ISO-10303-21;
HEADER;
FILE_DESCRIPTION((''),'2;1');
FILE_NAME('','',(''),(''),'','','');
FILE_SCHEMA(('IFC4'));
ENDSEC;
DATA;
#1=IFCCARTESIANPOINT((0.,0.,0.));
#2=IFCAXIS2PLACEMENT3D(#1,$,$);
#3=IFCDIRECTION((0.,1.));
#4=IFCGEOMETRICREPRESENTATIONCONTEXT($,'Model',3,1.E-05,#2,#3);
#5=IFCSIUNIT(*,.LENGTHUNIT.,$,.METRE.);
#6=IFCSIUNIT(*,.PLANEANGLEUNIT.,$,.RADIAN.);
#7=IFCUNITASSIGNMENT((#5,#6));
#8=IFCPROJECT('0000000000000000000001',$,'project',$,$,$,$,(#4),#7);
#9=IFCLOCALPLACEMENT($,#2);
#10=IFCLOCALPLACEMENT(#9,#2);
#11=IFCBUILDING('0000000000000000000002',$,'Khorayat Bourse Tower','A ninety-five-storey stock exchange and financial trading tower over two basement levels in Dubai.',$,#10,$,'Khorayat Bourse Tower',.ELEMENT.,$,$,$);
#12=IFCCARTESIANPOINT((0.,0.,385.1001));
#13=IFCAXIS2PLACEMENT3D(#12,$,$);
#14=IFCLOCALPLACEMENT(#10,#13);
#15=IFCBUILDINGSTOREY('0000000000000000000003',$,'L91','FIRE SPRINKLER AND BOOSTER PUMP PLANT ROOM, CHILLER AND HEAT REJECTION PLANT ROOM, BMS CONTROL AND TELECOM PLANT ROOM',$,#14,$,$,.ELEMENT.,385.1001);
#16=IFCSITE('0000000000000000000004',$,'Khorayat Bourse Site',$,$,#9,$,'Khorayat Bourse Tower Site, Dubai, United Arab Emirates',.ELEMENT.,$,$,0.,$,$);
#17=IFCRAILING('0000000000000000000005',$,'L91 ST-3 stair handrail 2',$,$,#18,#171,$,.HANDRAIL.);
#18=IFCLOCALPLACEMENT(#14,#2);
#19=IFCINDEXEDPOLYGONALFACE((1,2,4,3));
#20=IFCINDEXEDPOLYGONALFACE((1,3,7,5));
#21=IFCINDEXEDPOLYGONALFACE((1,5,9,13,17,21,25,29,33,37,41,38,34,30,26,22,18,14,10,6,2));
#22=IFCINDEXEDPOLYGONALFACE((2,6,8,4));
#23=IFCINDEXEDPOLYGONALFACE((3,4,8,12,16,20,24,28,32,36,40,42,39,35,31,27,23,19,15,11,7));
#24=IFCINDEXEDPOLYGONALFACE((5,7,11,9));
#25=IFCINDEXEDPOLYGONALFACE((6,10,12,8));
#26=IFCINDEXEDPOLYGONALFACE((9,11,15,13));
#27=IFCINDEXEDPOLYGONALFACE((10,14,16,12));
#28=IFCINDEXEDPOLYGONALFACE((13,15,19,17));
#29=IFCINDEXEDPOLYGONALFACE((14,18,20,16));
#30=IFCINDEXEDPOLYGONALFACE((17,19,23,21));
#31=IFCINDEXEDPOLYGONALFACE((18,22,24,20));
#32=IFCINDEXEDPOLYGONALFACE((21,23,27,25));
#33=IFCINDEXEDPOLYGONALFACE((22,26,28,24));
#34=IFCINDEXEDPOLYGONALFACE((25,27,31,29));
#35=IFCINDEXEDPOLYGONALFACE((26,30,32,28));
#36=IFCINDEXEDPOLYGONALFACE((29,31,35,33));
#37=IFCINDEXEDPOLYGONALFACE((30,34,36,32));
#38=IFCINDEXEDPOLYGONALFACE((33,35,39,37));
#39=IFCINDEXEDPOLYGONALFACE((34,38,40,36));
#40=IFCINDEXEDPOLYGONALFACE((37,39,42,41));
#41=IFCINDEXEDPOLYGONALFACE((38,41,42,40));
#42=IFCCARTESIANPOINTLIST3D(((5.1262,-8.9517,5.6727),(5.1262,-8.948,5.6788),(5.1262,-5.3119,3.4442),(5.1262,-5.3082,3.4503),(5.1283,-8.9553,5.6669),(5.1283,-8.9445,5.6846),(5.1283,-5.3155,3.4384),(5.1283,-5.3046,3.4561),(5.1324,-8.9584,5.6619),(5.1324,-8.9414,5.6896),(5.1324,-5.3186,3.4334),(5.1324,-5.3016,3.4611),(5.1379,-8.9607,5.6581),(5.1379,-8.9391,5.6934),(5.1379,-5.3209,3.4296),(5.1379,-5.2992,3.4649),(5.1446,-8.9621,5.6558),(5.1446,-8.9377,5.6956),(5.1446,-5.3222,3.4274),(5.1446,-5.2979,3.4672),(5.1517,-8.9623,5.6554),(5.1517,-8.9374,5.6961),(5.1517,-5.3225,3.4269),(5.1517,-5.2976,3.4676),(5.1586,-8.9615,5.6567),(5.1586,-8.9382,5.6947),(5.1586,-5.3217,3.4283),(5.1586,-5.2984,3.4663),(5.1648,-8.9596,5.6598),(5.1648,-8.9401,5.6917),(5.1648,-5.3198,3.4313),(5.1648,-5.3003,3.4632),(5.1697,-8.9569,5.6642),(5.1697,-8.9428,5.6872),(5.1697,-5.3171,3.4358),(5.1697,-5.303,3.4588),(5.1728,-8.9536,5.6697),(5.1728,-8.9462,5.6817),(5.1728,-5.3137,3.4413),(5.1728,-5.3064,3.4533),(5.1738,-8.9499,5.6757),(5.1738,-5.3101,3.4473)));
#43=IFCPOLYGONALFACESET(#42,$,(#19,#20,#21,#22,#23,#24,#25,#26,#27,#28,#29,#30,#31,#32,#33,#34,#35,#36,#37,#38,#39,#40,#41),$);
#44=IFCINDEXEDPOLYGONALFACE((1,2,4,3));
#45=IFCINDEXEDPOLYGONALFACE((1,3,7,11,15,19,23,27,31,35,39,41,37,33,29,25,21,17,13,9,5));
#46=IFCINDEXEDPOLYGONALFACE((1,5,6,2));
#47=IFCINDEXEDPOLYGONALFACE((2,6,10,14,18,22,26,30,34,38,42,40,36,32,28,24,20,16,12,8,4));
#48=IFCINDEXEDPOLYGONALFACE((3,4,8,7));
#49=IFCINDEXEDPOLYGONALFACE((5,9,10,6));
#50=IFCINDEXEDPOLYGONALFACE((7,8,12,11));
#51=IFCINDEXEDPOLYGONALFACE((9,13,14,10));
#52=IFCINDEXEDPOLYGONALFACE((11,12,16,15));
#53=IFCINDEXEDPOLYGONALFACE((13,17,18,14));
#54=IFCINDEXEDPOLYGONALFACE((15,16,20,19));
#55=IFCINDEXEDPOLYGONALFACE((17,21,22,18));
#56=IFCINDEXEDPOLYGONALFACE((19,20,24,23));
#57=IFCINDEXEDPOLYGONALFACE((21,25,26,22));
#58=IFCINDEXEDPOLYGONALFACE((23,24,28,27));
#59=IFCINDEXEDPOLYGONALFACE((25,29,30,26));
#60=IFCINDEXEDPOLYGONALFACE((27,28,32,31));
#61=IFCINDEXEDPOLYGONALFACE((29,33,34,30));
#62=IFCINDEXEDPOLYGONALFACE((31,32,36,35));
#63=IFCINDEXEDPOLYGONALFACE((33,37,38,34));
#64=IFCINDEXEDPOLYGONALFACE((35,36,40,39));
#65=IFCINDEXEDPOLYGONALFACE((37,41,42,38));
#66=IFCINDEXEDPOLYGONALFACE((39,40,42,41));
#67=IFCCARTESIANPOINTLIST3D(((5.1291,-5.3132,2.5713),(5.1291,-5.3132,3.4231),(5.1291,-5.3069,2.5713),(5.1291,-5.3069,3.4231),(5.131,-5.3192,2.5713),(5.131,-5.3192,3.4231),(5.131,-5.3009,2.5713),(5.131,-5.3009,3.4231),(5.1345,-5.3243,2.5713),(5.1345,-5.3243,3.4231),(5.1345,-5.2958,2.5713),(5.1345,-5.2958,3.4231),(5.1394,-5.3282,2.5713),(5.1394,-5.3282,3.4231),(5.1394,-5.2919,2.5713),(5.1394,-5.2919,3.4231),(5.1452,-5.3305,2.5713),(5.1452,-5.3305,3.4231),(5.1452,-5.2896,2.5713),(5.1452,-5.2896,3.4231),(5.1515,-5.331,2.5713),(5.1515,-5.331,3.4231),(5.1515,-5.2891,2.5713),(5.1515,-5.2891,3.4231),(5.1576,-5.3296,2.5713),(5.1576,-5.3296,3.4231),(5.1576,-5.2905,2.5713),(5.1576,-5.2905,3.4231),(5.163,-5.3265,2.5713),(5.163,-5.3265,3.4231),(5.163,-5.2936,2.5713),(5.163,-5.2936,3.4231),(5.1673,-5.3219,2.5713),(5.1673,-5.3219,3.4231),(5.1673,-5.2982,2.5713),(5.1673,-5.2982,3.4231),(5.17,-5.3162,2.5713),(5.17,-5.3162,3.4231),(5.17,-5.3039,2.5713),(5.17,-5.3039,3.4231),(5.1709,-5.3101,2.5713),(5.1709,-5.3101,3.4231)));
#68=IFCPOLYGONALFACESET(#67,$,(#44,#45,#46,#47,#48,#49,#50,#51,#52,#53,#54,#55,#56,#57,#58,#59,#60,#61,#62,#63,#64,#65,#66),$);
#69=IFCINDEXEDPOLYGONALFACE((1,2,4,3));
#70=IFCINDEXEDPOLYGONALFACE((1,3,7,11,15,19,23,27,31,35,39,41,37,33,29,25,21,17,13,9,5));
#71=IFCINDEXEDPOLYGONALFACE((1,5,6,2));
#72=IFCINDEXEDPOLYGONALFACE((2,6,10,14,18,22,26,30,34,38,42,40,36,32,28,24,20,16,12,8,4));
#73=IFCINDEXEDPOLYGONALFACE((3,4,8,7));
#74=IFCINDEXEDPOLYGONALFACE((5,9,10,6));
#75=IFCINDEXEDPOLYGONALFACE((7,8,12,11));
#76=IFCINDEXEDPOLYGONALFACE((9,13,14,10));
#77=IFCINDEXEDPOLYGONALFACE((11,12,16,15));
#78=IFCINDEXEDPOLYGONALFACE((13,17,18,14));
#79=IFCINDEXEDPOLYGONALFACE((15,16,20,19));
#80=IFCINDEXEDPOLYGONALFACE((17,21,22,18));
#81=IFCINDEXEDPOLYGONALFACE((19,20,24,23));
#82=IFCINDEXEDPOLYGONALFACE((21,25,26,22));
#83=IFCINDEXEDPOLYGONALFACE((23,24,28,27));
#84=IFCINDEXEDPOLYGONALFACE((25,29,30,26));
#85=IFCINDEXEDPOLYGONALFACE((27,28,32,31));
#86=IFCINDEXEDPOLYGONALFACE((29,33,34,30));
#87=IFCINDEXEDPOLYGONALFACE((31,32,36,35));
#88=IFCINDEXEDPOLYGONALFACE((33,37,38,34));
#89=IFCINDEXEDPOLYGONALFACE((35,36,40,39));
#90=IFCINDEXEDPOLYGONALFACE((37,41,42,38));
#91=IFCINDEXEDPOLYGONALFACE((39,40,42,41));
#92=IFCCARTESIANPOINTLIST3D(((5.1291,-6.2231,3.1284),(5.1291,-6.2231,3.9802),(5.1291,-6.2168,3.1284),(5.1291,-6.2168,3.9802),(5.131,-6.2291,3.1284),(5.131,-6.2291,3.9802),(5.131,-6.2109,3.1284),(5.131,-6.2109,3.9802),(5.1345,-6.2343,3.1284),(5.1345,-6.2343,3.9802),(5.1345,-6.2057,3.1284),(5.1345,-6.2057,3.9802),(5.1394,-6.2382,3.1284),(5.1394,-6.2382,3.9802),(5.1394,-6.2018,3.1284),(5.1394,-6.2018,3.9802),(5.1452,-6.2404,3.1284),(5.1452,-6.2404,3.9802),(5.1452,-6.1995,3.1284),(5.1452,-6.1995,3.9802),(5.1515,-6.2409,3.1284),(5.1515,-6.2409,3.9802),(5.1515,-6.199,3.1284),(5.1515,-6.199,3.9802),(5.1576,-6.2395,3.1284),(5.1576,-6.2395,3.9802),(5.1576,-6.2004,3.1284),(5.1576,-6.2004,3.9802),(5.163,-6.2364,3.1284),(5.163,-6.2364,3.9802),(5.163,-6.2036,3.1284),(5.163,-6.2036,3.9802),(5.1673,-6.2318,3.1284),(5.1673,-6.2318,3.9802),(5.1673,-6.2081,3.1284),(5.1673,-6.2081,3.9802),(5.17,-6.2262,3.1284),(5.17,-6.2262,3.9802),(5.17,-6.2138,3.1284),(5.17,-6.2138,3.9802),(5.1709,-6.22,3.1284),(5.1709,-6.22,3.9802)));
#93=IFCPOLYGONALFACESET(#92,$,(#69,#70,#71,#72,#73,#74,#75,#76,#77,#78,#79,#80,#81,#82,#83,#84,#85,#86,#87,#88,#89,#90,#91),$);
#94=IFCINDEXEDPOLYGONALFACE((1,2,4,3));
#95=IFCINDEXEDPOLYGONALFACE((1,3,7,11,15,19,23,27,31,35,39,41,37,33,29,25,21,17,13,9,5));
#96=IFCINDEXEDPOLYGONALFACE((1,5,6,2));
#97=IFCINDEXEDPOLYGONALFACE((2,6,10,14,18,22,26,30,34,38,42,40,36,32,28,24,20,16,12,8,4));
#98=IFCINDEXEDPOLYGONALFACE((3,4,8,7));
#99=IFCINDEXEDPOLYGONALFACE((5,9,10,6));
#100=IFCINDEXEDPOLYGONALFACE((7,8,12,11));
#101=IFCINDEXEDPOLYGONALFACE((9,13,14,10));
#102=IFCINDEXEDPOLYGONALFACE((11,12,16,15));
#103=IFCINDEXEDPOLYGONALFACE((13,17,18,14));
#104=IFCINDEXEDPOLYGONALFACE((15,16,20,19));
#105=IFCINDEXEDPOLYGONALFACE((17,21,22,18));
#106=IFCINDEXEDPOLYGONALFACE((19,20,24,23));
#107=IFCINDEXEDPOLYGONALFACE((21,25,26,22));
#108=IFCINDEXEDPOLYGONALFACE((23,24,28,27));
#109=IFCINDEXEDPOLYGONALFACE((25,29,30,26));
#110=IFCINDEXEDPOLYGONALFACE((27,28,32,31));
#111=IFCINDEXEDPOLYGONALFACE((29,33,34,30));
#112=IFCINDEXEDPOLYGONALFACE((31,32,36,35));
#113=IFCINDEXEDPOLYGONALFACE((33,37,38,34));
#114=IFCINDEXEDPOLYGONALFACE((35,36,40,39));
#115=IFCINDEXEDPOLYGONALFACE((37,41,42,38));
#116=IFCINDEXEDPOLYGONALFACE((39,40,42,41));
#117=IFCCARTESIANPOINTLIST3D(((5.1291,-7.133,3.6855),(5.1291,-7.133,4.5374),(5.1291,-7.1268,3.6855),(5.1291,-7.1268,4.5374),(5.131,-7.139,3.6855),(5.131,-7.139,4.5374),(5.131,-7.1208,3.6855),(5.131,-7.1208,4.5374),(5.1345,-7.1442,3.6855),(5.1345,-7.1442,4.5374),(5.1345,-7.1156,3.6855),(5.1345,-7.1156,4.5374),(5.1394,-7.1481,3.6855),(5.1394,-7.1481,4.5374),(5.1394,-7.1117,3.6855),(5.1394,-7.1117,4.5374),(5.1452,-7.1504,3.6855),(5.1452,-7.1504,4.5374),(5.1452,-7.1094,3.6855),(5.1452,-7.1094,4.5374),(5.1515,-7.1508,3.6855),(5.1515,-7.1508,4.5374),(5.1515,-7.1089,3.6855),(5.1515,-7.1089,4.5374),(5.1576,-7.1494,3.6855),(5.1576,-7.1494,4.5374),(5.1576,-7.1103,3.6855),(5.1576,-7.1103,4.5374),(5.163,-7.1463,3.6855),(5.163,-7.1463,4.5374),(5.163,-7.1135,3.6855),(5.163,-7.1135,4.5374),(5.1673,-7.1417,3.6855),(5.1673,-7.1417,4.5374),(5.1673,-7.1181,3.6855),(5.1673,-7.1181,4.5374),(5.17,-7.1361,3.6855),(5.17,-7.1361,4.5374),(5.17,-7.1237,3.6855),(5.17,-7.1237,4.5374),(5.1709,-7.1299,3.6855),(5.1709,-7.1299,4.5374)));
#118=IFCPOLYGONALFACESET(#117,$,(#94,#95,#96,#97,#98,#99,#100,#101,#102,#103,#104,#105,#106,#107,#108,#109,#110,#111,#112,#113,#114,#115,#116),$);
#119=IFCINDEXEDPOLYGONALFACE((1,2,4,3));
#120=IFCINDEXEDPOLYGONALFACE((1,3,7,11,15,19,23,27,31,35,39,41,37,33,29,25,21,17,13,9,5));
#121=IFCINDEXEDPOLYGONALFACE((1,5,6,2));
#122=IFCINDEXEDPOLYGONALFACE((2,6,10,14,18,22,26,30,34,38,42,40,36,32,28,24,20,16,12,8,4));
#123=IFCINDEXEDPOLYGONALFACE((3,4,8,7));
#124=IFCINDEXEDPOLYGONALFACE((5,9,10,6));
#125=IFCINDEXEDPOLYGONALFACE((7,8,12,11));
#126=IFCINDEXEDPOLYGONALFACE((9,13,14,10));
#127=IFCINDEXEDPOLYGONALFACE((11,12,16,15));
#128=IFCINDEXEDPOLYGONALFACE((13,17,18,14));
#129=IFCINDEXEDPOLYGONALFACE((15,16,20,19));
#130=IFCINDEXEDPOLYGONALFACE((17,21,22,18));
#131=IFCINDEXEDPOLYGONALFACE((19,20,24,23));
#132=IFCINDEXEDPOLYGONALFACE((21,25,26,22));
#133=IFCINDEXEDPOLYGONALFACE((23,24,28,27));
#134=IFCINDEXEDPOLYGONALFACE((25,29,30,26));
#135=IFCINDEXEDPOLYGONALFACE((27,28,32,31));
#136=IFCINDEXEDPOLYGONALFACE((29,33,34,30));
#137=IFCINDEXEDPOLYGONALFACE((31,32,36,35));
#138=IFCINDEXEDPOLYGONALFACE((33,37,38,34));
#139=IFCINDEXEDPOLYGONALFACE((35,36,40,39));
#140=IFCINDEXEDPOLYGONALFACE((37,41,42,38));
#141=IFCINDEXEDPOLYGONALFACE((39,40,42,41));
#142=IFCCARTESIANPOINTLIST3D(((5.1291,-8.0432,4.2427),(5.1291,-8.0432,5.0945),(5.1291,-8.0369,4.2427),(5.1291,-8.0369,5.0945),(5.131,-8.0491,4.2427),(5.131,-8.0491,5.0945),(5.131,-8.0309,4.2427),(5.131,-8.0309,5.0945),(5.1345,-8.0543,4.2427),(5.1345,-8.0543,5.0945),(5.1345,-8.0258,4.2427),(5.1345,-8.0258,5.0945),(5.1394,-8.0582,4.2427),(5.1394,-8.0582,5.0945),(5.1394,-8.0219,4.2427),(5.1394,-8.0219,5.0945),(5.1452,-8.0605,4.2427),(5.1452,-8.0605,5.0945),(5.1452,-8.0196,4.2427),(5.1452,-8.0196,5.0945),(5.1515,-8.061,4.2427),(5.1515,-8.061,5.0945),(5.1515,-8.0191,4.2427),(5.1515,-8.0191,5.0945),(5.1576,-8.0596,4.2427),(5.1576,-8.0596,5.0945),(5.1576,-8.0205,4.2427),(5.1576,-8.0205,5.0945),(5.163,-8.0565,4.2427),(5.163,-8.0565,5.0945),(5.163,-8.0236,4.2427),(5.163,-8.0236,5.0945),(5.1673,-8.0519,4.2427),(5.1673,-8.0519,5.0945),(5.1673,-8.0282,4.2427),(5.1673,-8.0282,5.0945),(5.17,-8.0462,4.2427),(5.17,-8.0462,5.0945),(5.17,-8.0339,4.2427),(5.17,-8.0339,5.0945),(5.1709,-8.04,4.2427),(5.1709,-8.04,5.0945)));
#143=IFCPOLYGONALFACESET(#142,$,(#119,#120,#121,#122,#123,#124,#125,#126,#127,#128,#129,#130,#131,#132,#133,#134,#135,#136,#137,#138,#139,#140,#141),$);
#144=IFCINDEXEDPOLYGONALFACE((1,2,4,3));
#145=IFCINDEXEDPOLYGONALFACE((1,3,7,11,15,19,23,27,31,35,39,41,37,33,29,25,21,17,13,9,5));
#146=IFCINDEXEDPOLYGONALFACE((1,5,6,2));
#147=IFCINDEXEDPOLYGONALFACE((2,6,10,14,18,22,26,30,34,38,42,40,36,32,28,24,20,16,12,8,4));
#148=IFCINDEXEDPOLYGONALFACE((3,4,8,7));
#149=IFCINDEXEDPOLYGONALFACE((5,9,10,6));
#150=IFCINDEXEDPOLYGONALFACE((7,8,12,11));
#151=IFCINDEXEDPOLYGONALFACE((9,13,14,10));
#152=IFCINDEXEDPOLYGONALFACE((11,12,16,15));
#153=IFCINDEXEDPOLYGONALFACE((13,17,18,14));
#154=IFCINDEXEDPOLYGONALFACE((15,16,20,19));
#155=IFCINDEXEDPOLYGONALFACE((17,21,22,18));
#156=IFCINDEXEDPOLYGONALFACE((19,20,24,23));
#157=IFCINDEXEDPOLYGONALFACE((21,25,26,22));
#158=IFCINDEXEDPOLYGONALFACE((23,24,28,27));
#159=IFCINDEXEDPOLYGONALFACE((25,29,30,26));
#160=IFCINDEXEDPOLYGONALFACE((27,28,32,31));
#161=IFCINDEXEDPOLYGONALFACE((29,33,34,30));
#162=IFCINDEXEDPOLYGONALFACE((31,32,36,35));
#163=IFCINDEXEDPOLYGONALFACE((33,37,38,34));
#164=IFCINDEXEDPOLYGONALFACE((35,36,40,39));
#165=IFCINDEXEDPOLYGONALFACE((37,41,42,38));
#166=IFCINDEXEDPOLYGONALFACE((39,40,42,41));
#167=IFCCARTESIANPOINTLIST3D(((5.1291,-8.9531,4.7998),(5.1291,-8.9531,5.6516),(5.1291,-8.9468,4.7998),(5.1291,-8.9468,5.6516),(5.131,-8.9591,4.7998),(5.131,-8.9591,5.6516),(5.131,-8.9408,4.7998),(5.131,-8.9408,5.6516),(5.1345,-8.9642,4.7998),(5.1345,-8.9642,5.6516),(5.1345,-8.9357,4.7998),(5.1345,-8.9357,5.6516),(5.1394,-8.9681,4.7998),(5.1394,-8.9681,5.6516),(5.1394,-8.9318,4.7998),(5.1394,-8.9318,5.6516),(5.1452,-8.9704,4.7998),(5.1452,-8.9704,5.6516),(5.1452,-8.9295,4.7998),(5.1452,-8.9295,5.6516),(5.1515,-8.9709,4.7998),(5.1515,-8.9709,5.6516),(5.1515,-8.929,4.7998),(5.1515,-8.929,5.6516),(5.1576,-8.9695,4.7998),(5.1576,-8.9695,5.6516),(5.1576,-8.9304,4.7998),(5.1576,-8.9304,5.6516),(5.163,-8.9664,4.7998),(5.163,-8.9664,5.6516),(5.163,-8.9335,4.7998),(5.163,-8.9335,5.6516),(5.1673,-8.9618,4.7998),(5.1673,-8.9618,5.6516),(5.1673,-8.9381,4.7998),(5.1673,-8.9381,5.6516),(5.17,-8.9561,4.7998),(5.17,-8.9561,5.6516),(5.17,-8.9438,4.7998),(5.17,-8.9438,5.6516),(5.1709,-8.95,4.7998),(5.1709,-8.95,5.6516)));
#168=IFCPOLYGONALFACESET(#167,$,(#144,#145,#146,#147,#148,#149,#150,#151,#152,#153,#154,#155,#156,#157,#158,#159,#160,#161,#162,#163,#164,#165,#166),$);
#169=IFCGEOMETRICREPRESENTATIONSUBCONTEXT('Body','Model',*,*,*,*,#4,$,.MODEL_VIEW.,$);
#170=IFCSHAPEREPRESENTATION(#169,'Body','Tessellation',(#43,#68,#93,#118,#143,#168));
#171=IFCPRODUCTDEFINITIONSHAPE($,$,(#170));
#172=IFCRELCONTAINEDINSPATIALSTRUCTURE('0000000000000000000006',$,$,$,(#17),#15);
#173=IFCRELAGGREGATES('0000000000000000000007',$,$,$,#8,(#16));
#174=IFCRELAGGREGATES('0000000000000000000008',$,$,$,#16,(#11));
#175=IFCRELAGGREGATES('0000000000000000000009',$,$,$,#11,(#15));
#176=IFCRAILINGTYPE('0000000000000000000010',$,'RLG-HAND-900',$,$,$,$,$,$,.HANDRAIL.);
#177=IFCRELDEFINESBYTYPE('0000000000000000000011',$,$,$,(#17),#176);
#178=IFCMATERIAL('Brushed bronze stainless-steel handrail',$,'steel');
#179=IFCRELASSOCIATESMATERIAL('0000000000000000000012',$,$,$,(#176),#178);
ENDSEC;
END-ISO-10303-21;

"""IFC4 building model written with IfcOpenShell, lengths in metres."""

from ifc_helpers import new_model, si_unit, direction, frame, origin, origin_2d, place, context, subcontext, project, spatial, circle, extrude, source, transform, mapped, material, type_object, element, save


model = new_model("IFC4")

# Units and contexts
model_context = context("Model", 3, precision=1e-05, world=origin(), true_north=direction((0.0, 1.0)))
body_context = subcontext(model_context, "Body", "Model", "MODEL_VIEW")
ifc_project = project(units=[si_unit("LENGTHUNIT", "METRE"), si_unit("PLANEANGLEUNIT", "RADIAN")], contexts=[model_context])

# Site, building, storey
site_placement = place(None, origin())
site = spatial("IfcSite", under=ifc_project, at=site_placement, Name="Khorayat Bourse Site", LongName="Khorayat Bourse Tower Site, Dubai, United Arab Emirates", CompositionType="ELEMENT", RefElevation=0.0)
building_placement = place(site_placement, origin())
building = spatial("IfcBuilding", under=site, at=building_placement, Name="Khorayat Bourse Tower", Description="A ninety-five-storey stock exchange and financial trading tower over two basement levels in Dubai.", LongName="Khorayat Bourse Tower", CompositionType="ELEMENT")
storey_placement = place(building_placement, frame((0.0, 0.0, 385.1001)))
storey = spatial("IfcBuildingStorey", under=building, at=storey_placement, Name="L91", Description="FIRE SPRINKLER AND BOOSTER PUMP PLANT ROOM, CHILLER AND HEAT REJECTION PLANT ROOM, BMS CONTROL AND TELECOM PLANT ROOM", CompositionType="ELEMENT", Elevation=385.1001)

# Railing
ifc_material_1 = material(Name="Brushed bronze stainless-steel handrail", Category="steel")
railing_type_1 = type_object("IfcRailingType", Name="RLG-HAND-900", PredefinedType="HANDRAIL", material=ifc_material_1)
shared_shape_1 = source(origin(), body_context, "Body", "SweptSolid", [
    extrude(circle(Radius=0.0239, at=origin_2d()), frame((0.0, 0.0, 0.876), z_axis=(0.0, -0.85285, 0.522156), x_axis=(1.0, 0.0, 0.0)), (0.0, 0.0, 1.0), 4.2678),
    extrude(circle(Radius=0.021, at=origin_2d()), origin(), (0.0, 0.0, 1.0), 0.8518),
    extrude(circle(Radius=0.021, at=origin_2d()), frame((0.0, -0.9099, 0.5571)), (0.0, 0.0, 1.0), 0.8518),
    extrude(circle(Radius=0.021, at=origin_2d()), frame((0.0, -1.8198, 1.1143)), (0.0, 0.0, 1.0), 0.8518),
    extrude(circle(Radius=0.021, at=origin_2d()), frame((0.0, -2.73, 1.6714)), (0.0, 0.0, 1.0), 0.8518),
    extrude(circle(Radius=0.021, at=origin_2d()), frame((0.0, -3.6399, 2.2285)), (0.0, 0.0, 1.0), 0.8518),
])
railing_1_placement = place(storey_placement, frame((5.1499, -5.3101, 2.5713)))
element("IfcRailing", 1, at=railing_1_placement, inside=storey, type_object=railing_type_1, Name="L91 ST-3 stair handrail 2", PredefinedType="HANDRAIL", context=body_context, shape_type="MappedRepresentation", body=[
    mapped(shared_shape_1, transform((0.0, 0.0, 0.0), scale=1.0)),
])

save(model, "model.ifc")
